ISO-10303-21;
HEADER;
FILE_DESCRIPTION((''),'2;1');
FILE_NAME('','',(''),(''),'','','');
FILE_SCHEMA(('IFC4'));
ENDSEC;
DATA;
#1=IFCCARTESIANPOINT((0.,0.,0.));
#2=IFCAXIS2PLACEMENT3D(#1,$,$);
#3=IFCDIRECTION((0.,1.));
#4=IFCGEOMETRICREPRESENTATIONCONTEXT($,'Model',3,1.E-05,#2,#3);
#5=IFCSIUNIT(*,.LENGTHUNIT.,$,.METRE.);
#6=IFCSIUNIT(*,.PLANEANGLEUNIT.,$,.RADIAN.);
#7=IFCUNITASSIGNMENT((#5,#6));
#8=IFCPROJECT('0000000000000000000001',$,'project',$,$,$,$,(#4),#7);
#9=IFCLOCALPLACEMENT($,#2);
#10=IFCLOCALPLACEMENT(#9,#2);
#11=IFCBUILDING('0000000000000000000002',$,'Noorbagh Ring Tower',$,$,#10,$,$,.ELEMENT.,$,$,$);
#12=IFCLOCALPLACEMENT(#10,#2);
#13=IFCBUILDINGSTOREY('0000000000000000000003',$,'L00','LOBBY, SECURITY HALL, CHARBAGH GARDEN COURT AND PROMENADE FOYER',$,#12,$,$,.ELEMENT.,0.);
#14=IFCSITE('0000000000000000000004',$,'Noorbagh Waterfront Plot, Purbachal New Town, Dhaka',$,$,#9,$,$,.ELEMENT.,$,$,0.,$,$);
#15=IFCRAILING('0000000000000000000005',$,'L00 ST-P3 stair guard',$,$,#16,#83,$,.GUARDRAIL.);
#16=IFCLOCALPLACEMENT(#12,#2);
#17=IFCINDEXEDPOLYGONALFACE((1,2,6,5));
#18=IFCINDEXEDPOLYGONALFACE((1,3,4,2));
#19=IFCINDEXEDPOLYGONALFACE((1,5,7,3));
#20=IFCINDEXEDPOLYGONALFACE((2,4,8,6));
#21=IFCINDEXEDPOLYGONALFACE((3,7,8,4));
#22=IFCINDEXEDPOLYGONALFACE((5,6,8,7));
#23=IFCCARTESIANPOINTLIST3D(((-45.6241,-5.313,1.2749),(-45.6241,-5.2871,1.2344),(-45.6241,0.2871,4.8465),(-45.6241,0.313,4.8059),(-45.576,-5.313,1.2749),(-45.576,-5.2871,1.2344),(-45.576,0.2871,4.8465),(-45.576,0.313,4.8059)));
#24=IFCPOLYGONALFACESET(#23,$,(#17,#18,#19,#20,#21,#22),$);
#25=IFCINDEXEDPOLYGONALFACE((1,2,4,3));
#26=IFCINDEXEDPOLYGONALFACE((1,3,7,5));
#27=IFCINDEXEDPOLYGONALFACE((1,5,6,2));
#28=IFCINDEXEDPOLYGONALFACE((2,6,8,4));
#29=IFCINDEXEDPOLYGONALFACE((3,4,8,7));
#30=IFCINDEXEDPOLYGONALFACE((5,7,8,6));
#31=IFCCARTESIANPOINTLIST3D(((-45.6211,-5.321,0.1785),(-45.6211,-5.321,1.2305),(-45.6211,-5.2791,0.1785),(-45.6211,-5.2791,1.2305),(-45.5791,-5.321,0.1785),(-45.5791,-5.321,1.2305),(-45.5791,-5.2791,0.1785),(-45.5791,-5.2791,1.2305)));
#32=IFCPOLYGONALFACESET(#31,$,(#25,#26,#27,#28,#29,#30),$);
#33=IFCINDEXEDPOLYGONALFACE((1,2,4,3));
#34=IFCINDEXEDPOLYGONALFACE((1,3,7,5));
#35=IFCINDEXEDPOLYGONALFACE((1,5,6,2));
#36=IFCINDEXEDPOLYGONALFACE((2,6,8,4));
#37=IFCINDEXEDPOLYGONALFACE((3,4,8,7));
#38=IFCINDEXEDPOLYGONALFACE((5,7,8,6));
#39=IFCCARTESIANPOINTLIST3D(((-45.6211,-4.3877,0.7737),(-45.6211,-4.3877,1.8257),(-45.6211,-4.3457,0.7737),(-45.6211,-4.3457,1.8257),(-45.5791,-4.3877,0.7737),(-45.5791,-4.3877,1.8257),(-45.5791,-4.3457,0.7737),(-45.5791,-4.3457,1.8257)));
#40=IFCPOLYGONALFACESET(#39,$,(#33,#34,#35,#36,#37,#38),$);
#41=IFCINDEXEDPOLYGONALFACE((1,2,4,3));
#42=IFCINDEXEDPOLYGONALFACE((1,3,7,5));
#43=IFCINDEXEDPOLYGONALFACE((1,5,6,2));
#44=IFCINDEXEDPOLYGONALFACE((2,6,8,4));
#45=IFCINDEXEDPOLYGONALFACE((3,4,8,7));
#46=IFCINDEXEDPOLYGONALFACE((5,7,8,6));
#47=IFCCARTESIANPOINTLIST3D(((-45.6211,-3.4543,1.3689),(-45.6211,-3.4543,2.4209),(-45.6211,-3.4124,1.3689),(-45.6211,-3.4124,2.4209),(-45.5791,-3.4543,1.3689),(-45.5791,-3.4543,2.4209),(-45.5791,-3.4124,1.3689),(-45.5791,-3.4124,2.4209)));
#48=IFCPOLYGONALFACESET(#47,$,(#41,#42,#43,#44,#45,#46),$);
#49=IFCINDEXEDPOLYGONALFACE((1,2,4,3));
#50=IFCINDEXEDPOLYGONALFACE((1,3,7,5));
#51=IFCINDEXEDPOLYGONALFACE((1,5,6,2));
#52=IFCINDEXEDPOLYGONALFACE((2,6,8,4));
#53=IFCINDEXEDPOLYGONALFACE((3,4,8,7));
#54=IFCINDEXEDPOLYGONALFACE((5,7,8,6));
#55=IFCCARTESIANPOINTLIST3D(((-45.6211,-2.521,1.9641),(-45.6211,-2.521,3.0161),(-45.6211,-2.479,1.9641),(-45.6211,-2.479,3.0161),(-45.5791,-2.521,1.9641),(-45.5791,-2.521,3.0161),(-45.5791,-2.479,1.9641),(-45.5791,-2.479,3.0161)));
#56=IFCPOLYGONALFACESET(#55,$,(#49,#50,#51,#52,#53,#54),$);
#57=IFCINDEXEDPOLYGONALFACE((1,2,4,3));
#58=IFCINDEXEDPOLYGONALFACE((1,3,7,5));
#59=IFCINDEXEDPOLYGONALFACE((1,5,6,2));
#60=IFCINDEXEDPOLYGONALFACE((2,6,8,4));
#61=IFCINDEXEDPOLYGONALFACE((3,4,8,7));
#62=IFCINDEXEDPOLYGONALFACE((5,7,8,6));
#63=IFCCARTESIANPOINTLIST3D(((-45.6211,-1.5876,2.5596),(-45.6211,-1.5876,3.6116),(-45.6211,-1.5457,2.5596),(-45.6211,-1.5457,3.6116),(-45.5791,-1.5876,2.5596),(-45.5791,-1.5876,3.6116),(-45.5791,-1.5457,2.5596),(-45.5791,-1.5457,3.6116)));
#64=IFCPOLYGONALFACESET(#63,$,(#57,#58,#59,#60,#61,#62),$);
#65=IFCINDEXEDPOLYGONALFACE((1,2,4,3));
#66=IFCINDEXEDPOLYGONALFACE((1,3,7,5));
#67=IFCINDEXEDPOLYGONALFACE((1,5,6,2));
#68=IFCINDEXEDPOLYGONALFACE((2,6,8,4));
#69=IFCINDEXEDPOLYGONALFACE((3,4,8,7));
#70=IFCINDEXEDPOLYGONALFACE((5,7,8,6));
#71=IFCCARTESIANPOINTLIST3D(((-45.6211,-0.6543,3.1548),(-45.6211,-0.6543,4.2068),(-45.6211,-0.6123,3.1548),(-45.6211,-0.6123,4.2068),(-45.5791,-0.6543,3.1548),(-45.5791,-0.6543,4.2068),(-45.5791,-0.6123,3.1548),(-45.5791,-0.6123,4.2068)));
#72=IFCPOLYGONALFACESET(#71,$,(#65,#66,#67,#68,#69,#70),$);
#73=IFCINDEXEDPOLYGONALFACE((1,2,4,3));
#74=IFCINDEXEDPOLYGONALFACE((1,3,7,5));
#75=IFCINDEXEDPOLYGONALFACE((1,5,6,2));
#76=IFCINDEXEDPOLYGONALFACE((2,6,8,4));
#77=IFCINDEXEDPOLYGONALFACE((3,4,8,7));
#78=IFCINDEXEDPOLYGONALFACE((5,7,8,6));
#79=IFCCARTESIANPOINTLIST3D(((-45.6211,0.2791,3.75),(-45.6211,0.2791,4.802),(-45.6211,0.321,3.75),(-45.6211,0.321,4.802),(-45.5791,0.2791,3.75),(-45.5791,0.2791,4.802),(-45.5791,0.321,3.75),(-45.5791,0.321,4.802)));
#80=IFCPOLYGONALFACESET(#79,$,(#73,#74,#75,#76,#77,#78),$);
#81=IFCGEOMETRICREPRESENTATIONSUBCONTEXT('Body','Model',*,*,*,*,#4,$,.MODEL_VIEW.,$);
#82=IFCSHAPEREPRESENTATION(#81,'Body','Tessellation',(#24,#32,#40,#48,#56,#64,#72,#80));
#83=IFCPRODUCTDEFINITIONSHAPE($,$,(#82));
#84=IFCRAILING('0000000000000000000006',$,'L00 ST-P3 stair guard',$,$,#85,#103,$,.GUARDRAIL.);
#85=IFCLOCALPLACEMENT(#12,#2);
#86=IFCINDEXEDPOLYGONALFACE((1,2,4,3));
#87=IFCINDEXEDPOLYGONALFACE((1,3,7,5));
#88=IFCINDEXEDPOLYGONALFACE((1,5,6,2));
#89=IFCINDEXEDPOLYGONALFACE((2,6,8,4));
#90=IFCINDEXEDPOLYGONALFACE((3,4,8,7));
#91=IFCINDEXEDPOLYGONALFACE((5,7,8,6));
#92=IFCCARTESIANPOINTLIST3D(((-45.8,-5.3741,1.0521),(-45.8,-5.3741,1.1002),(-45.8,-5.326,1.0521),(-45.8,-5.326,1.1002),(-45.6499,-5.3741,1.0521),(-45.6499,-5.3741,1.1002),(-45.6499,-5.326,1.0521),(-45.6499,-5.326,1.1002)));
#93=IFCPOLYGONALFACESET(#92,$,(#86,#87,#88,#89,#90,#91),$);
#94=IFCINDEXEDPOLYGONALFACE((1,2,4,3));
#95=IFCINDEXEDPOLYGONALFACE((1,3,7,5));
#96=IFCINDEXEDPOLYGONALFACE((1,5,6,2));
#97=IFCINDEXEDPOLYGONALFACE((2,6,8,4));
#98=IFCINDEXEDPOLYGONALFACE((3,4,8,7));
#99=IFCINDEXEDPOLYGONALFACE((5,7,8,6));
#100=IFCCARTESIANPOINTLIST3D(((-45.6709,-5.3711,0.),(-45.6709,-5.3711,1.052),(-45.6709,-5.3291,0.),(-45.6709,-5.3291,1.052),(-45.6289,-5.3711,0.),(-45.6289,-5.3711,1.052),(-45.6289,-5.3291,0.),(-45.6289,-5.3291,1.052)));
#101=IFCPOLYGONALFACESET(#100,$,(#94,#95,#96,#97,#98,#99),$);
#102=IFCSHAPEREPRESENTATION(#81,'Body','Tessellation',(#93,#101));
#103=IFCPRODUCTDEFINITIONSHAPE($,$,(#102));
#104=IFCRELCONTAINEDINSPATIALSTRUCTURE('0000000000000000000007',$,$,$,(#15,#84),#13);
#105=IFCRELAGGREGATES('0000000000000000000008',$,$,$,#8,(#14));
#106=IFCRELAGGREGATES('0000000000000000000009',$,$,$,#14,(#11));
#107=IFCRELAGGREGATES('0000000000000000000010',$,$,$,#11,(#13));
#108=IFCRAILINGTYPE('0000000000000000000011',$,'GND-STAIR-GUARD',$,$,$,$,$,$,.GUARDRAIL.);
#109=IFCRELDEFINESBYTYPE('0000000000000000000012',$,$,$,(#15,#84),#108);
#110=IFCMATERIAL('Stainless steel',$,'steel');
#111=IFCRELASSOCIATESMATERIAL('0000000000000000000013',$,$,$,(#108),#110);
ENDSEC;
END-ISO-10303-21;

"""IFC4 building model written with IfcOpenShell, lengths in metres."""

from ifc_helpers import new_model, si_unit, direction, frame, origin, origin_2d, place, context, subcontext, project, spatial, rectangle, extrude, material, type_object, element, save


model = new_model("IFC4")

# Units and contexts
model_context = context("Model", 3, precision=1e-05, world=origin(), true_north=direction((0.0, 1.0)))
body_context = subcontext(model_context, "Body", "Model", "MODEL_VIEW")
ifc_project = project(units=[si_unit("LENGTHUNIT", "METRE"), si_unit("PLANEANGLEUNIT", "RADIAN")], contexts=[model_context])

# Site, building, storey
site_placement = place(None, origin())
site = spatial("IfcSite", under=ifc_project, at=site_placement, Name="Noorbagh Waterfront Plot, Purbachal New Town, Dhaka", CompositionType="ELEMENT", RefElevation=0.0)
building_placement = place(site_placement, origin())
building = spatial("IfcBuilding", under=site, at=building_placement, Name="Noorbagh Ring Tower", CompositionType="ELEMENT")
storey_placement = place(building_placement, origin())
storey = spatial("IfcBuildingStorey", under=building, at=storey_placement, Name="L00", Description="LOBBY, SECURITY HALL, CHARBAGH GARDEN COURT AND PROMENADE FOYER", CompositionType="ELEMENT", Elevation=0.0)

# Railings
ifc_material_1 = material(Name="Stainless steel", Category="steel")
railing_type_1 = type_object("IfcRailingType", Name="GND-STAIR-GUARD", PredefinedType="GUARDRAIL", material=ifc_material_1)
railing_1_placement = place(storey_placement, frame((-45.6001, -5.3, 0.1785)))
element("IfcRailing", 1, at=railing_1_placement, inside=storey, type_object=railing_type_1, Name="L00 ST-P3 stair guard", PredefinedType="GUARDRAIL", context=body_context, shape_type="SweptSolid", body=[
    extrude(rectangle(XDim=0.0481, YDim=0.0481, at=origin_2d()), frame((0.0, 0.0, 1.0762), z_axis=(0.0, 0.843127, 0.537715), x_axis=(-1.0, 0.0, 0.0)), (0.0, 0.0, 1.0), 6.6421),
    extrude(rectangle(XDim=0.042, YDim=0.042, at=origin_2d()), origin(), (0.0, 0.0, 1.0), 1.052),
    extrude(rectangle(XDim=0.042, YDim=0.042, at=origin_2d()), frame((0.0, 0.9333, 0.5952)), (0.0, 0.0, 1.0), 1.052),
    extrude(rectangle(XDim=0.042, YDim=0.042, at=origin_2d()), frame((0.0, 1.8667, 1.1904)), (0.0, 0.0, 1.0), 1.052),
    extrude(rectangle(XDim=0.042, YDim=0.042, at=origin_2d()), frame((0.0, 2.8, 1.7856)), (0.0, 0.0, 1.0), 1.052),
    extrude(rectangle(XDim=0.042, YDim=0.042, at=origin_2d()), frame((0.0, 3.7334, 2.3811)), (0.0, 0.0, 1.0), 1.052),
    extrude(rectangle(XDim=0.042, YDim=0.042, at=origin_2d()), frame((0.0, 4.6667, 2.9763)), (0.0, 0.0, 1.0), 1.052),
    extrude(rectangle(XDim=0.042, YDim=0.042, at=origin_2d()), frame((0.0, 5.6001, 3.5715)), (0.0, 0.0, 1.0), 1.052),
])
railing_2_placement = place(storey_placement, frame((-45.6499, -5.3501, 0.0)))
element("IfcRailing", 2, at=railing_2_placement, inside=storey, type_object=railing_type_1, Name="L00 ST-P3 stair guard", PredefinedType="GUARDRAIL", context=body_context, shape_type="SweptSolid", body=[
    extrude(rectangle(XDim=0.0481, YDim=0.0481, at=origin_2d()), frame((0.0, 0.0, 1.0762), z_axis=(-1.0, 0.0, 0.0), x_axis=(0.0, -1.0, 0.0)), (0.0, 0.0, 1.0), 0.1501),
    extrude(rectangle(XDim=0.042, YDim=0.042, at=origin_2d()), origin(), (0.0, 0.0, 1.0), 1.052),
])

save(model, "model.ifc")
